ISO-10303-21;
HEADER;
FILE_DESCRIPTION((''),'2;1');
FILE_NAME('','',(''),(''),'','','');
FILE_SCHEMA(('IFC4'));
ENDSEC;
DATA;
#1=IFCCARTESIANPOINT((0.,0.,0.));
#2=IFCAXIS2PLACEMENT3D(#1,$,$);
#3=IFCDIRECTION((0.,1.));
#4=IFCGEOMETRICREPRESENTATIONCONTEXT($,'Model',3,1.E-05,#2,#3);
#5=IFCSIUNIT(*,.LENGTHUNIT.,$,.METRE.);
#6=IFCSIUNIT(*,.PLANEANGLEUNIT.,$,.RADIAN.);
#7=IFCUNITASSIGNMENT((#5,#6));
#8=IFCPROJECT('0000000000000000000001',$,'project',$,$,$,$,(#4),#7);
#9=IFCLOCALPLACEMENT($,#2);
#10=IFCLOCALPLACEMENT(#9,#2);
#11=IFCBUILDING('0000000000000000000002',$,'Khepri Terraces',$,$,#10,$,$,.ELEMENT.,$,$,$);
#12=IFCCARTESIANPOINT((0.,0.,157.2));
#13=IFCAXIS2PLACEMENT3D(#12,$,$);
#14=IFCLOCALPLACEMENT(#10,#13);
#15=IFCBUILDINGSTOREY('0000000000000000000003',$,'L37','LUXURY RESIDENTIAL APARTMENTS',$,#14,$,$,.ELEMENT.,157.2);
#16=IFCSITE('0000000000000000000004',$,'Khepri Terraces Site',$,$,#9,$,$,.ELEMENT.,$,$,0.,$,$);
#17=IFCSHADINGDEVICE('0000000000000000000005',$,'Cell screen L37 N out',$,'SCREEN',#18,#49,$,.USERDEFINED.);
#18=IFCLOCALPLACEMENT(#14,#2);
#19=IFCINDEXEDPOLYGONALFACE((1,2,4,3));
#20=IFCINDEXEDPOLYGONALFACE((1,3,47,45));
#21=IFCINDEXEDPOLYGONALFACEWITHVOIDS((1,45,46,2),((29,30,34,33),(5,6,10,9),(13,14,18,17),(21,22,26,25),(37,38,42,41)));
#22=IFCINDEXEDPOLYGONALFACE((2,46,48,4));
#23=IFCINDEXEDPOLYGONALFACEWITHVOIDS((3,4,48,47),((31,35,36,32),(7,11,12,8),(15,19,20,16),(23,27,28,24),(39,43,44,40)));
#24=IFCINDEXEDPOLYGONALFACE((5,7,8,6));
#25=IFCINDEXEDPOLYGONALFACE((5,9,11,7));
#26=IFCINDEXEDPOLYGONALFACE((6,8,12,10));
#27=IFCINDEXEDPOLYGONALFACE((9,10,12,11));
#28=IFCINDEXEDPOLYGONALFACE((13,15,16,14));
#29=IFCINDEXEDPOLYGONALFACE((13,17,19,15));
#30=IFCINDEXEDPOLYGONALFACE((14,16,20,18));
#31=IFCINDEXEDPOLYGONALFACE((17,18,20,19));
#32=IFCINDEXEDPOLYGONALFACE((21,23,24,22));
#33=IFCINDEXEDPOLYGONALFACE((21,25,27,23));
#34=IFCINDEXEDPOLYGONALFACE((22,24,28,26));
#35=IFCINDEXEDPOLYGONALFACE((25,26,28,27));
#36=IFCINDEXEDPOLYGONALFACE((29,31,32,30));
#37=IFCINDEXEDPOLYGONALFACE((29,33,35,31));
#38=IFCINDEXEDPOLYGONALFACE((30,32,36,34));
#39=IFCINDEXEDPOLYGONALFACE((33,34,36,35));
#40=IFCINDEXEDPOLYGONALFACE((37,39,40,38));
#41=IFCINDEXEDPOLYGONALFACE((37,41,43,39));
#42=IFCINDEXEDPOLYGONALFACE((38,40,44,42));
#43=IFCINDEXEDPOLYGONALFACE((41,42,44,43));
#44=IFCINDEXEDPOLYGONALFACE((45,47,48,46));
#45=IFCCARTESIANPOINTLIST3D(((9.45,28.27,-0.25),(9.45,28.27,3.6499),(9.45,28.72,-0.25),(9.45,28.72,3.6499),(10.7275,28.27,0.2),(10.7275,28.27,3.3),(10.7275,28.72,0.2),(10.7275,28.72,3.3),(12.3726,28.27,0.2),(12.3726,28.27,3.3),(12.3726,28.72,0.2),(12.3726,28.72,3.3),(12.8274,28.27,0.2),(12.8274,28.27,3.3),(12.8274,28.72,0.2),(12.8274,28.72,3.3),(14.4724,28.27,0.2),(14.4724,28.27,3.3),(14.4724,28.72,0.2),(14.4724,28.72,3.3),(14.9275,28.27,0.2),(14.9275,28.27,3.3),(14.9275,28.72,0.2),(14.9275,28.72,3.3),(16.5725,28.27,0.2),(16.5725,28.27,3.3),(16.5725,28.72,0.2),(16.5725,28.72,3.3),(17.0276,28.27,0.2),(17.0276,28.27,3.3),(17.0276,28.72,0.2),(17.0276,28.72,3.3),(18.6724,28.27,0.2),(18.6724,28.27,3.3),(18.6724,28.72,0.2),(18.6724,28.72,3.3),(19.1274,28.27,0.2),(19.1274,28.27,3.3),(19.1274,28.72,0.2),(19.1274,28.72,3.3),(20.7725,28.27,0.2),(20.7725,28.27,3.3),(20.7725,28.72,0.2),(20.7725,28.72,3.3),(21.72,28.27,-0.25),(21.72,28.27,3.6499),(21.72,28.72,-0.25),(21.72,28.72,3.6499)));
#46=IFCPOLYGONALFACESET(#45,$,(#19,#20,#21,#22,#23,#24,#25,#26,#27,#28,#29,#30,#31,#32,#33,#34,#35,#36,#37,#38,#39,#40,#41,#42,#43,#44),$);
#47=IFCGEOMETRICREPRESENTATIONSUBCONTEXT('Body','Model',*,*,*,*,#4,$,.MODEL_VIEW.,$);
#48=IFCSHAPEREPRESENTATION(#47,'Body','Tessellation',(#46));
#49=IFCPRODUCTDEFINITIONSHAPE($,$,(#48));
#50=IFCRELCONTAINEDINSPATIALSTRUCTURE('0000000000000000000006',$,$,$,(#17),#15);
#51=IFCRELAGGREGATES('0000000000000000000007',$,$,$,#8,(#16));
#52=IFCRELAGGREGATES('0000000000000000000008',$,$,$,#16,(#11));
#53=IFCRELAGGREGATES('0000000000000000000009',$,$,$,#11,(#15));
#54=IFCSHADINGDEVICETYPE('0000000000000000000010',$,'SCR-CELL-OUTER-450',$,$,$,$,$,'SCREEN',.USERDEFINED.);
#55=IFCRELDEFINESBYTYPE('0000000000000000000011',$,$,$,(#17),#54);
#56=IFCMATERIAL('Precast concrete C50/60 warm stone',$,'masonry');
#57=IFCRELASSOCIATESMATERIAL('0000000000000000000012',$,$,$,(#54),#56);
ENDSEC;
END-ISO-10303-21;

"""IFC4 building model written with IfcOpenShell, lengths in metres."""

from ifc_helpers import new_model, si_unit, direction, frame, origin, place, context, subcontext, project, spatial, polyline, outline, extrude, material, type_object, element, save


model = new_model("IFC4")

# Units and contexts
model_context = context("Model", 3, precision=1e-05, world=origin(), true_north=direction((0.0, 1.0)))
body_context = subcontext(model_context, "Body", "Model", "MODEL_VIEW")
ifc_project = project(units=[si_unit("LENGTHUNIT", "METRE"), si_unit("PLANEANGLEUNIT", "RADIAN")], contexts=[model_context])

# Site, building, storey
site_placement = place(None, origin())
site = spatial("IfcSite", under=ifc_project, at=site_placement, Name="Khepri Terraces Site", CompositionType="ELEMENT", RefElevation=0.0)
building_placement = place(site_placement, origin())
building = spatial("IfcBuilding", under=site, at=building_placement, Name="Khepri Terraces", CompositionType="ELEMENT")
storey_placement = place(building_placement, frame((0.0, 0.0, 157.2)))
storey = spatial("IfcBuildingStorey", under=building, at=storey_placement, Name="L37", Description="LUXURY RESIDENTIAL APARTMENTS", CompositionType="ELEMENT", Elevation=157.2)

# Shared definitions
ifc_material_1 = material(Name="Precast concrete C50/60 warm stone", Category="masonry")

# Shading device
shading_device_type_1 = type_object("IfcShadingDeviceType", Name="SCR-CELL-OUTER-450", ElementType="SCREEN", PredefinedType="USERDEFINED", material=ifc_material_1)
shading_device_1_placement = place(storey_placement, frame((21.72, 28.27, -0.25), z_axis=(0.0, 1.0, 0.0), x_axis=(-1.0, 0.0, 0.0)))
element("IfcShadingDevice", 1, at=shading_device_1_placement, inside=storey, type_object=shading_device_type_1, Name="Cell screen L37 N out", ObjectType="SCREEN", PredefinedType="USERDEFINED", context=body_context, shape_type="SweptSolid", body=[
    extrude(outline(polyline([(0.0, 0.0), (12.27, 0.0), (12.27, 3.8999), (0.0, 3.8999), (0.0, 0.0)]), holes=[polyline([(0.9475, 0.45), (2.5925, 0.45), (2.5925, 3.55), (0.9475, 3.55), (0.9475, 0.45)]), polyline([(3.0476, 0.45), (4.6924, 0.45), (4.6924, 3.55), (3.0476, 3.55), (3.0476, 0.45)]), polyline([(5.1475, 0.45), (6.7925, 0.45), (6.7925, 3.55), (5.1475, 3.55), (5.1475, 0.45)]), polyline([(7.2476, 0.45), (8.8926, 0.45), (8.8926, 3.55), (7.2476, 3.55), (7.2476, 0.45)]), polyline([(9.3474, 0.45), (10.9924, 0.45), (10.9924, 3.55), (9.3474, 3.55), (9.3474, 0.45)])]), origin(), (0.0, 0.0, 1.0), 0.45),
])

save(model, "model.ifc")
